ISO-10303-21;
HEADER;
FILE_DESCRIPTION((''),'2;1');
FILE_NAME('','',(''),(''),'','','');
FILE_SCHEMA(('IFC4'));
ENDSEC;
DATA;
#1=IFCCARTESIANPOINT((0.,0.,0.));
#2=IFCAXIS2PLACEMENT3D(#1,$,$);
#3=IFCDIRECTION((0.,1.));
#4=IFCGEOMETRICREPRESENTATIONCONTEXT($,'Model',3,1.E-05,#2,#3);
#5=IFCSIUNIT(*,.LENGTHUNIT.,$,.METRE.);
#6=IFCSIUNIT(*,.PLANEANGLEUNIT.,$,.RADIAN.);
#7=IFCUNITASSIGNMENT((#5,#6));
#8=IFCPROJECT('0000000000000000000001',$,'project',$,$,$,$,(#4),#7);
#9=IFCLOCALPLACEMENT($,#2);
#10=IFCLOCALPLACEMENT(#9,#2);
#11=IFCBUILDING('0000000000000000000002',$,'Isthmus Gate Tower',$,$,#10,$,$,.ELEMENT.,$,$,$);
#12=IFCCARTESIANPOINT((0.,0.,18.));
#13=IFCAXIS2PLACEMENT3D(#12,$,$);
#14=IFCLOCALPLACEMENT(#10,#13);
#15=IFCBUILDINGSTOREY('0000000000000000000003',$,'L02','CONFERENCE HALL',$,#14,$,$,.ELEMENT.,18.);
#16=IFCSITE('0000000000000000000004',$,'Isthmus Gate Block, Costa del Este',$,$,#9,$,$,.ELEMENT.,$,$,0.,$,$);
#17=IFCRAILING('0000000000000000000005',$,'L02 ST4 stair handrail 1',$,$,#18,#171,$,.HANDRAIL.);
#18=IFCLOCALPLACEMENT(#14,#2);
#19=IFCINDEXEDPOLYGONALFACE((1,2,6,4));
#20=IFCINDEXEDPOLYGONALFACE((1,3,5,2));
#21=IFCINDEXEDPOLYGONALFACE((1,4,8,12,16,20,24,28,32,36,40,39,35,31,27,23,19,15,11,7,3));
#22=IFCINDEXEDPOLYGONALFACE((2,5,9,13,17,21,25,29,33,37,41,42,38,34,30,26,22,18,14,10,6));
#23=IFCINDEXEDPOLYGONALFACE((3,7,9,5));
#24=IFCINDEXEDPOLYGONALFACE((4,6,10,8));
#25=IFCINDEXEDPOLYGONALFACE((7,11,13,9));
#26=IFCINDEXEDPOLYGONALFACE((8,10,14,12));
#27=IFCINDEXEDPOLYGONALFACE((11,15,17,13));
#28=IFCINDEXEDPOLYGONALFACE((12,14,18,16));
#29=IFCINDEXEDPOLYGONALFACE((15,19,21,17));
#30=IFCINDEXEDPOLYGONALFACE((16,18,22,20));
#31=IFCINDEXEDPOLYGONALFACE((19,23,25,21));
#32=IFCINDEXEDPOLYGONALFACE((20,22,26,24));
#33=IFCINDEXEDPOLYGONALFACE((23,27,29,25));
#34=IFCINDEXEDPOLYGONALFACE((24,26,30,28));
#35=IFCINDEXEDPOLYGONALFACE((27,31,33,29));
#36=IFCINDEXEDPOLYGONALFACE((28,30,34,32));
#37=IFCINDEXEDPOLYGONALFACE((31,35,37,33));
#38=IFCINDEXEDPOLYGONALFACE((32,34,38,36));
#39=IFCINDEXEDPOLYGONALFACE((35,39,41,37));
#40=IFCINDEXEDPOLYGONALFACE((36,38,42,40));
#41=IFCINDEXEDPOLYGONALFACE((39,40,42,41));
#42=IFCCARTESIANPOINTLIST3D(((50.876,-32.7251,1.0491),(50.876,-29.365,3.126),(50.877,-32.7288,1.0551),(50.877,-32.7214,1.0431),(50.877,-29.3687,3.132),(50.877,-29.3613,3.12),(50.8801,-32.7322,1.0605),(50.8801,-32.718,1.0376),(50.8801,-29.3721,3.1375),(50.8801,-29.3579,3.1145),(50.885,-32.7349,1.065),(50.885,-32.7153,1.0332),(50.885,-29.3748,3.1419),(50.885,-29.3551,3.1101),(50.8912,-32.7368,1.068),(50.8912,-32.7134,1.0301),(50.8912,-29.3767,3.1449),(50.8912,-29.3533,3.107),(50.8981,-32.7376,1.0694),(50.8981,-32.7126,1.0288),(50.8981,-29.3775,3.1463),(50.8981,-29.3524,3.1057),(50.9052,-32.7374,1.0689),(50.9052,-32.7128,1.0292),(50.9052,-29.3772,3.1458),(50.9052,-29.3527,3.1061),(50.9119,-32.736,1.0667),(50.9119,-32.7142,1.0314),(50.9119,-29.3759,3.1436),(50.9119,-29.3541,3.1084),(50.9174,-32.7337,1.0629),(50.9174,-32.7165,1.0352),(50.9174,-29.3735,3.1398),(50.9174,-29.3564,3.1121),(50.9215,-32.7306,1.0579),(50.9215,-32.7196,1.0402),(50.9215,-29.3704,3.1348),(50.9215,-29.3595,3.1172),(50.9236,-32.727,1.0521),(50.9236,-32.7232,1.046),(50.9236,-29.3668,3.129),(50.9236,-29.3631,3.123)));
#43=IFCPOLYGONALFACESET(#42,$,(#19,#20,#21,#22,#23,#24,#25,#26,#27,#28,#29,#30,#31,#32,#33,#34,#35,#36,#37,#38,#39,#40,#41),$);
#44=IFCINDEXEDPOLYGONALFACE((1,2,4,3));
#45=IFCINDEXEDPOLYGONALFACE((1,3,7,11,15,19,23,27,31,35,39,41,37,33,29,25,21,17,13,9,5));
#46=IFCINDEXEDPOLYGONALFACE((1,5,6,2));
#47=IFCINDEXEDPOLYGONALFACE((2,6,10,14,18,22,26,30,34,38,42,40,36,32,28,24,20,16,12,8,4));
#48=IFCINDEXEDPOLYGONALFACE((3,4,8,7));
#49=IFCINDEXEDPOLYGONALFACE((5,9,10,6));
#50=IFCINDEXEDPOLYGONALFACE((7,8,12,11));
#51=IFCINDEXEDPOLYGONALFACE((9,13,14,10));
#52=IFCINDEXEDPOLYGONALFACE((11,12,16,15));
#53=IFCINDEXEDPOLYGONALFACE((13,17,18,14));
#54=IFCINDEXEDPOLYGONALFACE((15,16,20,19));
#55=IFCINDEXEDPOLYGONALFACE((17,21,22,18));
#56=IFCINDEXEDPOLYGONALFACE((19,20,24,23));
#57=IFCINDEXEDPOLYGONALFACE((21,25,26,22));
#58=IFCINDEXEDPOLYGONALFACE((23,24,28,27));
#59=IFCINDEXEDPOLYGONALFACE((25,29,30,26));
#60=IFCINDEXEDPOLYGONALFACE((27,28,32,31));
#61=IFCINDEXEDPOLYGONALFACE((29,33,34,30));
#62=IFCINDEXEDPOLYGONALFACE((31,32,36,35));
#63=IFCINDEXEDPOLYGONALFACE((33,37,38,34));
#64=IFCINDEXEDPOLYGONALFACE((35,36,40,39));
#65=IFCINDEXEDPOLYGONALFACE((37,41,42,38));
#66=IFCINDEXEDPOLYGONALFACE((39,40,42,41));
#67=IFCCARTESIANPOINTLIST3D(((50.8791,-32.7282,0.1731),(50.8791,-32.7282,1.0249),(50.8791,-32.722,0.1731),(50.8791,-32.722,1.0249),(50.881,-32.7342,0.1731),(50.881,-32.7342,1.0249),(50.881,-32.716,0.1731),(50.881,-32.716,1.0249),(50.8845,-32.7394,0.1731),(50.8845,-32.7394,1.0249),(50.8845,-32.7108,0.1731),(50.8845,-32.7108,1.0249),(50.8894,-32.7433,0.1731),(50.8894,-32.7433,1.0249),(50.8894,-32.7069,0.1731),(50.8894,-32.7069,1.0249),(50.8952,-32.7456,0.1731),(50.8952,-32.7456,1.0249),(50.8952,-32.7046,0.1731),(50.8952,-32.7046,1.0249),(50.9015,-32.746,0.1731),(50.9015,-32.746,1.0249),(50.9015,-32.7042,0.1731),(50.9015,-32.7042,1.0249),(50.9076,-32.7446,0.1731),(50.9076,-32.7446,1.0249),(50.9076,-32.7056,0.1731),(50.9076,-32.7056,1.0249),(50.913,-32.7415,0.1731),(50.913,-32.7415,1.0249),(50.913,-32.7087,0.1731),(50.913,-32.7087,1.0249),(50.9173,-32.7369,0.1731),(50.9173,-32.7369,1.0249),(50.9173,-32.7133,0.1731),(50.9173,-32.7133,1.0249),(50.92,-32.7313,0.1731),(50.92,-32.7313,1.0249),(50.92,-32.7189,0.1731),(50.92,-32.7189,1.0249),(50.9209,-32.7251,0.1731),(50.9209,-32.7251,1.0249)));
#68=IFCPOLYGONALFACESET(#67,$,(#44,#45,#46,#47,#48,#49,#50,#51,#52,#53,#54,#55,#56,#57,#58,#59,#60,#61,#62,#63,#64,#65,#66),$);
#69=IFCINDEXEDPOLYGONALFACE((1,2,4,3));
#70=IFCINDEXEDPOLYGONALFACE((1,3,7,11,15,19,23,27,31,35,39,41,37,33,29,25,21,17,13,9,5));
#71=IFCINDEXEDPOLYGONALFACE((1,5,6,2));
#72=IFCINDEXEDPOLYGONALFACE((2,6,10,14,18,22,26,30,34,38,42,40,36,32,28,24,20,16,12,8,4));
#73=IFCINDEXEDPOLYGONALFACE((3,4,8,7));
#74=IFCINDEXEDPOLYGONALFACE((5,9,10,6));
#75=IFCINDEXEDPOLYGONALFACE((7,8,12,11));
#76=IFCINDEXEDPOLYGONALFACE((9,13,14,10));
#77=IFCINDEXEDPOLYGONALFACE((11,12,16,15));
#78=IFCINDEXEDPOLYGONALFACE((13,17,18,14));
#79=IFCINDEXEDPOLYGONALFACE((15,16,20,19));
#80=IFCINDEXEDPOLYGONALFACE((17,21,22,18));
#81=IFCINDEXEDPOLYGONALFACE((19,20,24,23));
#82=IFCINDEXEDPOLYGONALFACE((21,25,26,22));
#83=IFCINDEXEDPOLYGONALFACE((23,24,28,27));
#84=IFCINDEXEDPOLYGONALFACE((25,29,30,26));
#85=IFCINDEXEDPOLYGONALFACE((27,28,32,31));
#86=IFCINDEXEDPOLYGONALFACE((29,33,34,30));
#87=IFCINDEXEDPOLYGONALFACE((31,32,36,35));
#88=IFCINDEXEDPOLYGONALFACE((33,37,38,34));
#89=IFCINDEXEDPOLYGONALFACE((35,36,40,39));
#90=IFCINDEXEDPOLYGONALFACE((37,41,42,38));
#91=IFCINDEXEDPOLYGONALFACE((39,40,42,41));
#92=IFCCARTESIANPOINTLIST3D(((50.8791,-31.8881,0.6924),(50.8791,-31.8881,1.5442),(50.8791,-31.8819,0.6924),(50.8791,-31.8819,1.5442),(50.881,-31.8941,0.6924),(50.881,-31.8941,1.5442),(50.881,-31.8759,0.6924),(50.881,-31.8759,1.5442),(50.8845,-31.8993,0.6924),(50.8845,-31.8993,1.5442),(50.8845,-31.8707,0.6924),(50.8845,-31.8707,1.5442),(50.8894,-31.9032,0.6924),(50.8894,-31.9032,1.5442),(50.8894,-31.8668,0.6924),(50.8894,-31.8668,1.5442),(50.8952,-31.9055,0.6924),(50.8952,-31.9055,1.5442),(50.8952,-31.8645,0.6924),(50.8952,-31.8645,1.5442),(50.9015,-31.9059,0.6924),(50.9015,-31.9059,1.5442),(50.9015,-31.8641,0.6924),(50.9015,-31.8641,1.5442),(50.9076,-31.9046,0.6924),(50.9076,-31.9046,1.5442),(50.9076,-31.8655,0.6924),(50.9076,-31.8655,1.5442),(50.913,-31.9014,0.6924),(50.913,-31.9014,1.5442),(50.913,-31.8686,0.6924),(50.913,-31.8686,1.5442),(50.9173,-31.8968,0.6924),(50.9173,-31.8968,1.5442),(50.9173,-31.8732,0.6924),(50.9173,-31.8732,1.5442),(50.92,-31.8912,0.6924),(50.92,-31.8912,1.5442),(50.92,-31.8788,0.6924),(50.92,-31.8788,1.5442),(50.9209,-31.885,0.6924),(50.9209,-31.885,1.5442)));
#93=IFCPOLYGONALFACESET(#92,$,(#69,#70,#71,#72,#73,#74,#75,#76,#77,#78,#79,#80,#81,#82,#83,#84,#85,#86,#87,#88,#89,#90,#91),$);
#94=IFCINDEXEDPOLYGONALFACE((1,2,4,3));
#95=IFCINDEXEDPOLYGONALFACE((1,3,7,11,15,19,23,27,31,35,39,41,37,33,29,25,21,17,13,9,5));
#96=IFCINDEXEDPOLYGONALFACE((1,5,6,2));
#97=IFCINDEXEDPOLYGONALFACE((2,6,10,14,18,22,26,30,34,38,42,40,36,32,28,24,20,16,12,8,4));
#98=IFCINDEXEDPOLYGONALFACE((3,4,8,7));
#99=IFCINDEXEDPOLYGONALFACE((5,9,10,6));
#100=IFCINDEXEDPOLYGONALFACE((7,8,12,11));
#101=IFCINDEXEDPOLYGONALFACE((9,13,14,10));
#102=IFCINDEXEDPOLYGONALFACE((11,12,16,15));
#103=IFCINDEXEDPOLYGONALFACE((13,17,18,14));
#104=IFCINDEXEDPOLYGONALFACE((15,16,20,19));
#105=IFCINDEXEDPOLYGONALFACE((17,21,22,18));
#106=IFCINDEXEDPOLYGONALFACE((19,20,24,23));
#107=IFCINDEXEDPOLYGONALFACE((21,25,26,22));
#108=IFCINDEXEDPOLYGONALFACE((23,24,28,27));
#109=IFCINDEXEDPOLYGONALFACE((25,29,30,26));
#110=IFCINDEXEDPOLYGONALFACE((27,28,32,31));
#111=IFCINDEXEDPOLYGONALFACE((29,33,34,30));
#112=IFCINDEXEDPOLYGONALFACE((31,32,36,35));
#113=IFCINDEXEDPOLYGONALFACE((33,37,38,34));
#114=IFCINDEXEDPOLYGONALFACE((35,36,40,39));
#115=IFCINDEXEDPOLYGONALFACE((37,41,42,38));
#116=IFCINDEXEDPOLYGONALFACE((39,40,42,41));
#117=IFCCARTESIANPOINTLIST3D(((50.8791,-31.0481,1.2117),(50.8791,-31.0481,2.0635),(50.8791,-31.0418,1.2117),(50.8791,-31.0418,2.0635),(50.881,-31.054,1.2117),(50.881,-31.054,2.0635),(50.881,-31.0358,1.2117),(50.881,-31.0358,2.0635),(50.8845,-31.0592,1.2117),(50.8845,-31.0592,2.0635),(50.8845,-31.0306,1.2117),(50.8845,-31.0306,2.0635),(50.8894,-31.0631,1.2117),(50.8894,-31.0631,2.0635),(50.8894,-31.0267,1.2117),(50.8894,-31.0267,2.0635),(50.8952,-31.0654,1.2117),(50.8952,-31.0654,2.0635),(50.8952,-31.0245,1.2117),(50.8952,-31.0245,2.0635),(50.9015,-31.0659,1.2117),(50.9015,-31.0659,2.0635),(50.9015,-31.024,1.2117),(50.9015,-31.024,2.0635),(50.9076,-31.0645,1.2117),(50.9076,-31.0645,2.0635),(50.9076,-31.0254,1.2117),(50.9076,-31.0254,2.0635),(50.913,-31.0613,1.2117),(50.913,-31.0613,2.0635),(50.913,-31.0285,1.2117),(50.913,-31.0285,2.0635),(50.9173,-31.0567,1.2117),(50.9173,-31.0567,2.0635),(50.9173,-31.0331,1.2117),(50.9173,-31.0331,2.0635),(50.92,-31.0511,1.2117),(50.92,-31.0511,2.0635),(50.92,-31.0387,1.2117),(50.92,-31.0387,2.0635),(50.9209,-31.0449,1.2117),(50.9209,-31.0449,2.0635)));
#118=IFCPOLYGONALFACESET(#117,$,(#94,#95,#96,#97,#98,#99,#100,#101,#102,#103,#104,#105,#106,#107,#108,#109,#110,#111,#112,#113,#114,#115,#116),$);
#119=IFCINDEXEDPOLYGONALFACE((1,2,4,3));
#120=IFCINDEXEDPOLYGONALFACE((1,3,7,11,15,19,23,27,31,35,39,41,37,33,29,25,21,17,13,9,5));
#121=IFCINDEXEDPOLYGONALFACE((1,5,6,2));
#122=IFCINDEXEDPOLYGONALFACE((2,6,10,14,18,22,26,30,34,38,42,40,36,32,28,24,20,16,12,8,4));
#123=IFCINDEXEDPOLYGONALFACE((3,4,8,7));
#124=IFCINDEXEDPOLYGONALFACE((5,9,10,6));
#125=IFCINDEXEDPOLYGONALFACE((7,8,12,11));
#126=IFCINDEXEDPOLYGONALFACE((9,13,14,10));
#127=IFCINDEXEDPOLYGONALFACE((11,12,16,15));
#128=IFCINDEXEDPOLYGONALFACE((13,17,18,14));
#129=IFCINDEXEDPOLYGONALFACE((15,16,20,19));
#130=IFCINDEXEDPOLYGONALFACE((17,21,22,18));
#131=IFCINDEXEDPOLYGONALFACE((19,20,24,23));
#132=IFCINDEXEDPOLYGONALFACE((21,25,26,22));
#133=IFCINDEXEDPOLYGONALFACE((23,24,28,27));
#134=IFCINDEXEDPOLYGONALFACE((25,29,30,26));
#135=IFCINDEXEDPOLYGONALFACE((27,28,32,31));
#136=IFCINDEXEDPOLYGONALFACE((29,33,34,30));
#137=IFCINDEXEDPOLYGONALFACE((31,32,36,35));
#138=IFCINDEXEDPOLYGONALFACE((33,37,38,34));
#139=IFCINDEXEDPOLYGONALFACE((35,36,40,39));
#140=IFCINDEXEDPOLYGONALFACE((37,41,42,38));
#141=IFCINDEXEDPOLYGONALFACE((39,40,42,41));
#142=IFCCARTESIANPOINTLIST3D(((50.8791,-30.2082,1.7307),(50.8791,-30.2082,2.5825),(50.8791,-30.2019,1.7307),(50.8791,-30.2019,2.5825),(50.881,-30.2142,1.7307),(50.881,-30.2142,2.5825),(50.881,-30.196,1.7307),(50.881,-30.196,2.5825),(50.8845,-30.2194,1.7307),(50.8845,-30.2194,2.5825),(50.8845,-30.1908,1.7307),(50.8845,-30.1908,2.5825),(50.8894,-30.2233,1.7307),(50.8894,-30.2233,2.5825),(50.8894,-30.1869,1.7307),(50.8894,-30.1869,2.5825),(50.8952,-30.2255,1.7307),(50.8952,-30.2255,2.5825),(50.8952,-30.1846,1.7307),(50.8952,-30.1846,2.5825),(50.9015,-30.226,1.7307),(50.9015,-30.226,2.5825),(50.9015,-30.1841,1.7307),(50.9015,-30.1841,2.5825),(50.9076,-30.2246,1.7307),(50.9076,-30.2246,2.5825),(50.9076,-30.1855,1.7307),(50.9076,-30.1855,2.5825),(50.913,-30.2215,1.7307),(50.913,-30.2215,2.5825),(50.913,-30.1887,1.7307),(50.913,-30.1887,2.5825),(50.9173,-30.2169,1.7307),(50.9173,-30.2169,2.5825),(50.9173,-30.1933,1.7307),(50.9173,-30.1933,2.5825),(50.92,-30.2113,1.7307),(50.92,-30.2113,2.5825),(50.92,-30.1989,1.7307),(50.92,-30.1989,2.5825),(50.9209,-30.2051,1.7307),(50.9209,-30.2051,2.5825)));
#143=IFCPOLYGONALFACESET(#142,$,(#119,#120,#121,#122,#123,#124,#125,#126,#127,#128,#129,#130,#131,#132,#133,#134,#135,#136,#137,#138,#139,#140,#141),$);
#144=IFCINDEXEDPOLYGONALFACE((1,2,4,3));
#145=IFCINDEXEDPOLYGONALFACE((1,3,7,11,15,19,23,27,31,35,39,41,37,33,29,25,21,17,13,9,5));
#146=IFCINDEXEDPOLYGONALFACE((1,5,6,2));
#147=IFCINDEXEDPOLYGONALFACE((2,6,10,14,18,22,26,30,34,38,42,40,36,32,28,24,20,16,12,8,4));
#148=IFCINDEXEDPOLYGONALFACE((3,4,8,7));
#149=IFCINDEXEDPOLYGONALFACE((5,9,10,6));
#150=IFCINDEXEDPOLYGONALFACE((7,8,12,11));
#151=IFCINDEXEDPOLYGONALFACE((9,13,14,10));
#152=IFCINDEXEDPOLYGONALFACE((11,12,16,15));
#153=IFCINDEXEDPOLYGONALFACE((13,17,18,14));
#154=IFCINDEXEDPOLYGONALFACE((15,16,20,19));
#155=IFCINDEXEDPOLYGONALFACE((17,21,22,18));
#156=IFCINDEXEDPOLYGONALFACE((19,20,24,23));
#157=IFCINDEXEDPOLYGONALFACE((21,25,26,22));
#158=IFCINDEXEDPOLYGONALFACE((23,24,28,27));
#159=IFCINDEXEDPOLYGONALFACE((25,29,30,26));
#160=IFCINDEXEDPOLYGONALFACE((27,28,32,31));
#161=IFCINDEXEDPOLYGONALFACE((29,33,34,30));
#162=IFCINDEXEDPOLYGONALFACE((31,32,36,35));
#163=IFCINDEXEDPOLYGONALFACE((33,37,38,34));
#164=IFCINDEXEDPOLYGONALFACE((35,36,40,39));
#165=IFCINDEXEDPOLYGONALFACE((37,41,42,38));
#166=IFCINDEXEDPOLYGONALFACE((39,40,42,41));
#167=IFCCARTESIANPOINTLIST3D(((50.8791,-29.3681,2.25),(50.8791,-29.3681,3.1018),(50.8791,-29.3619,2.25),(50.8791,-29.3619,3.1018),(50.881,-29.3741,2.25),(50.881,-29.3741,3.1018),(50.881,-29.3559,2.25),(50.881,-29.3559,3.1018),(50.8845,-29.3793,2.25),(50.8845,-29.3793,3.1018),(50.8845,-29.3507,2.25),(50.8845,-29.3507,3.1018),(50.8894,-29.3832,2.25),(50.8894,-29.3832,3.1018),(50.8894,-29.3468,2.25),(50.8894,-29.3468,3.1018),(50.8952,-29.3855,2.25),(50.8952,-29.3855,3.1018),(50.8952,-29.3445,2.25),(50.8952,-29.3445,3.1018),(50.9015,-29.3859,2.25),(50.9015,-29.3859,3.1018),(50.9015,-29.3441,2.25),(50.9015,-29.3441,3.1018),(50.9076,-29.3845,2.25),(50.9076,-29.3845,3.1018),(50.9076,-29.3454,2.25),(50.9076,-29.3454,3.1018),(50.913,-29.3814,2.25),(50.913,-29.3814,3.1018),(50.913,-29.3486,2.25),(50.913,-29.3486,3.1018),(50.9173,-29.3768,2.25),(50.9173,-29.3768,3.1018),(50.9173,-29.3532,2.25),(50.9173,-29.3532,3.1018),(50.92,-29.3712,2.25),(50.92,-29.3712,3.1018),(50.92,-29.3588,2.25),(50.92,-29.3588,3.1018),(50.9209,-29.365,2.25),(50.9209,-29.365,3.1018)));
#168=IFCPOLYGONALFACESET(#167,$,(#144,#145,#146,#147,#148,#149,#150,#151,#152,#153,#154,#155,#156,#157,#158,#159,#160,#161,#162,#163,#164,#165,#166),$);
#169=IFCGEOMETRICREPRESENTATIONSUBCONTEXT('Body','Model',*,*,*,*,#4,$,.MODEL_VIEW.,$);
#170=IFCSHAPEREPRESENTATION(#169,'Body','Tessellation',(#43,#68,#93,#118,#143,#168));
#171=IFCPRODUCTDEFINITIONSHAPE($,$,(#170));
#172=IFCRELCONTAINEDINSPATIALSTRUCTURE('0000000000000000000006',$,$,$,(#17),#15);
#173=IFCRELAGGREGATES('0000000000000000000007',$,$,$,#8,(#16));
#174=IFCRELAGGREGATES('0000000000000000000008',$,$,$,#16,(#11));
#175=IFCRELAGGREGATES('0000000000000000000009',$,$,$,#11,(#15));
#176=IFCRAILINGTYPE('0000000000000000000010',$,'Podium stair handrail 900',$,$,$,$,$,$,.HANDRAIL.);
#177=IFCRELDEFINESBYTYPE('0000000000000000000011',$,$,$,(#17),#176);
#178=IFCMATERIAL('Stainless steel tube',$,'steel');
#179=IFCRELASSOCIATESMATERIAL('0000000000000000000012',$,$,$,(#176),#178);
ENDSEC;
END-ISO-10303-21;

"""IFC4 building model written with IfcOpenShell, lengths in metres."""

from ifc_helpers import new_model, si_unit, direction, frame, origin, origin_2d, place, context, subcontext, project, spatial, circle, extrude, material, type_object, element, save


model = new_model("IFC4")

# Units and contexts
model_context = context("Model", 3, precision=1e-05, world=origin(), true_north=direction((0.0, 1.0)))
body_context = subcontext(model_context, "Body", "Model", "MODEL_VIEW")
ifc_project = project(units=[si_unit("LENGTHUNIT", "METRE"), si_unit("PLANEANGLEUNIT", "RADIAN")], contexts=[model_context])

# Site, building, storey
site_placement = place(None, origin())
site = spatial("IfcSite", under=ifc_project, at=site_placement, Name="Isthmus Gate Block, Costa del Este", CompositionType="ELEMENT", RefElevation=0.0)
building_placement = place(site_placement, origin())
building = spatial("IfcBuilding", under=site, at=building_placement, Name="Isthmus Gate Tower", CompositionType="ELEMENT")
storey_placement = place(building_placement, frame((0.0, 0.0, 18.0)))
storey = spatial("IfcBuildingStorey", under=building, at=storey_placement, Name="L02", Description="CONFERENCE HALL", CompositionType="ELEMENT", Elevation=18.0)

# Railing
ifc_material_1 = material(Name="Stainless steel tube", Category="steel")
railing_type_1 = type_object("IfcRailingType", Name="Podium stair handrail 900", PredefinedType="HANDRAIL", material=ifc_material_1)
railing_1_placement = place(storey_placement, frame((50.8999, -32.7251, 0.1731)))
element("IfcRailing", 1, at=railing_1_placement, inside=storey, type_object=railing_type_1, Name="L02 ST4 stair handrail 1", PredefinedType="HANDRAIL", context=body_context, shape_type="SweptSolid", body=[
    extrude(circle(Radius=0.0239, at=origin_2d()), frame((0.0, 0.0, 0.876), z_axis=(0.0, 0.850623, 0.525776), x_axis=(-1.0, 0.0, 0.0)), (0.0, 0.0, 1.0), 3.9502),
    extrude(circle(Radius=0.021, at=origin_2d()), origin(), (0.0, 0.0, 1.0), 0.8518),
    extrude(circle(Radius=0.021, at=origin_2d()), frame((0.0, 0.8401, 0.5193)), (0.0, 0.0, 1.0), 0.8518),
    extrude(circle(Radius=0.021, at=origin_2d()), frame((0.0, 1.6802, 1.0386)), (0.0, 0.0, 1.0), 0.8518),
    extrude(circle(Radius=0.021, at=origin_2d()), frame((0.0, 2.52, 1.5576)), (0.0, 0.0, 1.0), 0.8518),
    extrude(circle(Radius=0.021, at=origin_2d()), frame((0.0, 3.3601, 2.0769)), (0.0, 0.0, 1.0), 0.8518),
])

save(model, "model.ifc")
